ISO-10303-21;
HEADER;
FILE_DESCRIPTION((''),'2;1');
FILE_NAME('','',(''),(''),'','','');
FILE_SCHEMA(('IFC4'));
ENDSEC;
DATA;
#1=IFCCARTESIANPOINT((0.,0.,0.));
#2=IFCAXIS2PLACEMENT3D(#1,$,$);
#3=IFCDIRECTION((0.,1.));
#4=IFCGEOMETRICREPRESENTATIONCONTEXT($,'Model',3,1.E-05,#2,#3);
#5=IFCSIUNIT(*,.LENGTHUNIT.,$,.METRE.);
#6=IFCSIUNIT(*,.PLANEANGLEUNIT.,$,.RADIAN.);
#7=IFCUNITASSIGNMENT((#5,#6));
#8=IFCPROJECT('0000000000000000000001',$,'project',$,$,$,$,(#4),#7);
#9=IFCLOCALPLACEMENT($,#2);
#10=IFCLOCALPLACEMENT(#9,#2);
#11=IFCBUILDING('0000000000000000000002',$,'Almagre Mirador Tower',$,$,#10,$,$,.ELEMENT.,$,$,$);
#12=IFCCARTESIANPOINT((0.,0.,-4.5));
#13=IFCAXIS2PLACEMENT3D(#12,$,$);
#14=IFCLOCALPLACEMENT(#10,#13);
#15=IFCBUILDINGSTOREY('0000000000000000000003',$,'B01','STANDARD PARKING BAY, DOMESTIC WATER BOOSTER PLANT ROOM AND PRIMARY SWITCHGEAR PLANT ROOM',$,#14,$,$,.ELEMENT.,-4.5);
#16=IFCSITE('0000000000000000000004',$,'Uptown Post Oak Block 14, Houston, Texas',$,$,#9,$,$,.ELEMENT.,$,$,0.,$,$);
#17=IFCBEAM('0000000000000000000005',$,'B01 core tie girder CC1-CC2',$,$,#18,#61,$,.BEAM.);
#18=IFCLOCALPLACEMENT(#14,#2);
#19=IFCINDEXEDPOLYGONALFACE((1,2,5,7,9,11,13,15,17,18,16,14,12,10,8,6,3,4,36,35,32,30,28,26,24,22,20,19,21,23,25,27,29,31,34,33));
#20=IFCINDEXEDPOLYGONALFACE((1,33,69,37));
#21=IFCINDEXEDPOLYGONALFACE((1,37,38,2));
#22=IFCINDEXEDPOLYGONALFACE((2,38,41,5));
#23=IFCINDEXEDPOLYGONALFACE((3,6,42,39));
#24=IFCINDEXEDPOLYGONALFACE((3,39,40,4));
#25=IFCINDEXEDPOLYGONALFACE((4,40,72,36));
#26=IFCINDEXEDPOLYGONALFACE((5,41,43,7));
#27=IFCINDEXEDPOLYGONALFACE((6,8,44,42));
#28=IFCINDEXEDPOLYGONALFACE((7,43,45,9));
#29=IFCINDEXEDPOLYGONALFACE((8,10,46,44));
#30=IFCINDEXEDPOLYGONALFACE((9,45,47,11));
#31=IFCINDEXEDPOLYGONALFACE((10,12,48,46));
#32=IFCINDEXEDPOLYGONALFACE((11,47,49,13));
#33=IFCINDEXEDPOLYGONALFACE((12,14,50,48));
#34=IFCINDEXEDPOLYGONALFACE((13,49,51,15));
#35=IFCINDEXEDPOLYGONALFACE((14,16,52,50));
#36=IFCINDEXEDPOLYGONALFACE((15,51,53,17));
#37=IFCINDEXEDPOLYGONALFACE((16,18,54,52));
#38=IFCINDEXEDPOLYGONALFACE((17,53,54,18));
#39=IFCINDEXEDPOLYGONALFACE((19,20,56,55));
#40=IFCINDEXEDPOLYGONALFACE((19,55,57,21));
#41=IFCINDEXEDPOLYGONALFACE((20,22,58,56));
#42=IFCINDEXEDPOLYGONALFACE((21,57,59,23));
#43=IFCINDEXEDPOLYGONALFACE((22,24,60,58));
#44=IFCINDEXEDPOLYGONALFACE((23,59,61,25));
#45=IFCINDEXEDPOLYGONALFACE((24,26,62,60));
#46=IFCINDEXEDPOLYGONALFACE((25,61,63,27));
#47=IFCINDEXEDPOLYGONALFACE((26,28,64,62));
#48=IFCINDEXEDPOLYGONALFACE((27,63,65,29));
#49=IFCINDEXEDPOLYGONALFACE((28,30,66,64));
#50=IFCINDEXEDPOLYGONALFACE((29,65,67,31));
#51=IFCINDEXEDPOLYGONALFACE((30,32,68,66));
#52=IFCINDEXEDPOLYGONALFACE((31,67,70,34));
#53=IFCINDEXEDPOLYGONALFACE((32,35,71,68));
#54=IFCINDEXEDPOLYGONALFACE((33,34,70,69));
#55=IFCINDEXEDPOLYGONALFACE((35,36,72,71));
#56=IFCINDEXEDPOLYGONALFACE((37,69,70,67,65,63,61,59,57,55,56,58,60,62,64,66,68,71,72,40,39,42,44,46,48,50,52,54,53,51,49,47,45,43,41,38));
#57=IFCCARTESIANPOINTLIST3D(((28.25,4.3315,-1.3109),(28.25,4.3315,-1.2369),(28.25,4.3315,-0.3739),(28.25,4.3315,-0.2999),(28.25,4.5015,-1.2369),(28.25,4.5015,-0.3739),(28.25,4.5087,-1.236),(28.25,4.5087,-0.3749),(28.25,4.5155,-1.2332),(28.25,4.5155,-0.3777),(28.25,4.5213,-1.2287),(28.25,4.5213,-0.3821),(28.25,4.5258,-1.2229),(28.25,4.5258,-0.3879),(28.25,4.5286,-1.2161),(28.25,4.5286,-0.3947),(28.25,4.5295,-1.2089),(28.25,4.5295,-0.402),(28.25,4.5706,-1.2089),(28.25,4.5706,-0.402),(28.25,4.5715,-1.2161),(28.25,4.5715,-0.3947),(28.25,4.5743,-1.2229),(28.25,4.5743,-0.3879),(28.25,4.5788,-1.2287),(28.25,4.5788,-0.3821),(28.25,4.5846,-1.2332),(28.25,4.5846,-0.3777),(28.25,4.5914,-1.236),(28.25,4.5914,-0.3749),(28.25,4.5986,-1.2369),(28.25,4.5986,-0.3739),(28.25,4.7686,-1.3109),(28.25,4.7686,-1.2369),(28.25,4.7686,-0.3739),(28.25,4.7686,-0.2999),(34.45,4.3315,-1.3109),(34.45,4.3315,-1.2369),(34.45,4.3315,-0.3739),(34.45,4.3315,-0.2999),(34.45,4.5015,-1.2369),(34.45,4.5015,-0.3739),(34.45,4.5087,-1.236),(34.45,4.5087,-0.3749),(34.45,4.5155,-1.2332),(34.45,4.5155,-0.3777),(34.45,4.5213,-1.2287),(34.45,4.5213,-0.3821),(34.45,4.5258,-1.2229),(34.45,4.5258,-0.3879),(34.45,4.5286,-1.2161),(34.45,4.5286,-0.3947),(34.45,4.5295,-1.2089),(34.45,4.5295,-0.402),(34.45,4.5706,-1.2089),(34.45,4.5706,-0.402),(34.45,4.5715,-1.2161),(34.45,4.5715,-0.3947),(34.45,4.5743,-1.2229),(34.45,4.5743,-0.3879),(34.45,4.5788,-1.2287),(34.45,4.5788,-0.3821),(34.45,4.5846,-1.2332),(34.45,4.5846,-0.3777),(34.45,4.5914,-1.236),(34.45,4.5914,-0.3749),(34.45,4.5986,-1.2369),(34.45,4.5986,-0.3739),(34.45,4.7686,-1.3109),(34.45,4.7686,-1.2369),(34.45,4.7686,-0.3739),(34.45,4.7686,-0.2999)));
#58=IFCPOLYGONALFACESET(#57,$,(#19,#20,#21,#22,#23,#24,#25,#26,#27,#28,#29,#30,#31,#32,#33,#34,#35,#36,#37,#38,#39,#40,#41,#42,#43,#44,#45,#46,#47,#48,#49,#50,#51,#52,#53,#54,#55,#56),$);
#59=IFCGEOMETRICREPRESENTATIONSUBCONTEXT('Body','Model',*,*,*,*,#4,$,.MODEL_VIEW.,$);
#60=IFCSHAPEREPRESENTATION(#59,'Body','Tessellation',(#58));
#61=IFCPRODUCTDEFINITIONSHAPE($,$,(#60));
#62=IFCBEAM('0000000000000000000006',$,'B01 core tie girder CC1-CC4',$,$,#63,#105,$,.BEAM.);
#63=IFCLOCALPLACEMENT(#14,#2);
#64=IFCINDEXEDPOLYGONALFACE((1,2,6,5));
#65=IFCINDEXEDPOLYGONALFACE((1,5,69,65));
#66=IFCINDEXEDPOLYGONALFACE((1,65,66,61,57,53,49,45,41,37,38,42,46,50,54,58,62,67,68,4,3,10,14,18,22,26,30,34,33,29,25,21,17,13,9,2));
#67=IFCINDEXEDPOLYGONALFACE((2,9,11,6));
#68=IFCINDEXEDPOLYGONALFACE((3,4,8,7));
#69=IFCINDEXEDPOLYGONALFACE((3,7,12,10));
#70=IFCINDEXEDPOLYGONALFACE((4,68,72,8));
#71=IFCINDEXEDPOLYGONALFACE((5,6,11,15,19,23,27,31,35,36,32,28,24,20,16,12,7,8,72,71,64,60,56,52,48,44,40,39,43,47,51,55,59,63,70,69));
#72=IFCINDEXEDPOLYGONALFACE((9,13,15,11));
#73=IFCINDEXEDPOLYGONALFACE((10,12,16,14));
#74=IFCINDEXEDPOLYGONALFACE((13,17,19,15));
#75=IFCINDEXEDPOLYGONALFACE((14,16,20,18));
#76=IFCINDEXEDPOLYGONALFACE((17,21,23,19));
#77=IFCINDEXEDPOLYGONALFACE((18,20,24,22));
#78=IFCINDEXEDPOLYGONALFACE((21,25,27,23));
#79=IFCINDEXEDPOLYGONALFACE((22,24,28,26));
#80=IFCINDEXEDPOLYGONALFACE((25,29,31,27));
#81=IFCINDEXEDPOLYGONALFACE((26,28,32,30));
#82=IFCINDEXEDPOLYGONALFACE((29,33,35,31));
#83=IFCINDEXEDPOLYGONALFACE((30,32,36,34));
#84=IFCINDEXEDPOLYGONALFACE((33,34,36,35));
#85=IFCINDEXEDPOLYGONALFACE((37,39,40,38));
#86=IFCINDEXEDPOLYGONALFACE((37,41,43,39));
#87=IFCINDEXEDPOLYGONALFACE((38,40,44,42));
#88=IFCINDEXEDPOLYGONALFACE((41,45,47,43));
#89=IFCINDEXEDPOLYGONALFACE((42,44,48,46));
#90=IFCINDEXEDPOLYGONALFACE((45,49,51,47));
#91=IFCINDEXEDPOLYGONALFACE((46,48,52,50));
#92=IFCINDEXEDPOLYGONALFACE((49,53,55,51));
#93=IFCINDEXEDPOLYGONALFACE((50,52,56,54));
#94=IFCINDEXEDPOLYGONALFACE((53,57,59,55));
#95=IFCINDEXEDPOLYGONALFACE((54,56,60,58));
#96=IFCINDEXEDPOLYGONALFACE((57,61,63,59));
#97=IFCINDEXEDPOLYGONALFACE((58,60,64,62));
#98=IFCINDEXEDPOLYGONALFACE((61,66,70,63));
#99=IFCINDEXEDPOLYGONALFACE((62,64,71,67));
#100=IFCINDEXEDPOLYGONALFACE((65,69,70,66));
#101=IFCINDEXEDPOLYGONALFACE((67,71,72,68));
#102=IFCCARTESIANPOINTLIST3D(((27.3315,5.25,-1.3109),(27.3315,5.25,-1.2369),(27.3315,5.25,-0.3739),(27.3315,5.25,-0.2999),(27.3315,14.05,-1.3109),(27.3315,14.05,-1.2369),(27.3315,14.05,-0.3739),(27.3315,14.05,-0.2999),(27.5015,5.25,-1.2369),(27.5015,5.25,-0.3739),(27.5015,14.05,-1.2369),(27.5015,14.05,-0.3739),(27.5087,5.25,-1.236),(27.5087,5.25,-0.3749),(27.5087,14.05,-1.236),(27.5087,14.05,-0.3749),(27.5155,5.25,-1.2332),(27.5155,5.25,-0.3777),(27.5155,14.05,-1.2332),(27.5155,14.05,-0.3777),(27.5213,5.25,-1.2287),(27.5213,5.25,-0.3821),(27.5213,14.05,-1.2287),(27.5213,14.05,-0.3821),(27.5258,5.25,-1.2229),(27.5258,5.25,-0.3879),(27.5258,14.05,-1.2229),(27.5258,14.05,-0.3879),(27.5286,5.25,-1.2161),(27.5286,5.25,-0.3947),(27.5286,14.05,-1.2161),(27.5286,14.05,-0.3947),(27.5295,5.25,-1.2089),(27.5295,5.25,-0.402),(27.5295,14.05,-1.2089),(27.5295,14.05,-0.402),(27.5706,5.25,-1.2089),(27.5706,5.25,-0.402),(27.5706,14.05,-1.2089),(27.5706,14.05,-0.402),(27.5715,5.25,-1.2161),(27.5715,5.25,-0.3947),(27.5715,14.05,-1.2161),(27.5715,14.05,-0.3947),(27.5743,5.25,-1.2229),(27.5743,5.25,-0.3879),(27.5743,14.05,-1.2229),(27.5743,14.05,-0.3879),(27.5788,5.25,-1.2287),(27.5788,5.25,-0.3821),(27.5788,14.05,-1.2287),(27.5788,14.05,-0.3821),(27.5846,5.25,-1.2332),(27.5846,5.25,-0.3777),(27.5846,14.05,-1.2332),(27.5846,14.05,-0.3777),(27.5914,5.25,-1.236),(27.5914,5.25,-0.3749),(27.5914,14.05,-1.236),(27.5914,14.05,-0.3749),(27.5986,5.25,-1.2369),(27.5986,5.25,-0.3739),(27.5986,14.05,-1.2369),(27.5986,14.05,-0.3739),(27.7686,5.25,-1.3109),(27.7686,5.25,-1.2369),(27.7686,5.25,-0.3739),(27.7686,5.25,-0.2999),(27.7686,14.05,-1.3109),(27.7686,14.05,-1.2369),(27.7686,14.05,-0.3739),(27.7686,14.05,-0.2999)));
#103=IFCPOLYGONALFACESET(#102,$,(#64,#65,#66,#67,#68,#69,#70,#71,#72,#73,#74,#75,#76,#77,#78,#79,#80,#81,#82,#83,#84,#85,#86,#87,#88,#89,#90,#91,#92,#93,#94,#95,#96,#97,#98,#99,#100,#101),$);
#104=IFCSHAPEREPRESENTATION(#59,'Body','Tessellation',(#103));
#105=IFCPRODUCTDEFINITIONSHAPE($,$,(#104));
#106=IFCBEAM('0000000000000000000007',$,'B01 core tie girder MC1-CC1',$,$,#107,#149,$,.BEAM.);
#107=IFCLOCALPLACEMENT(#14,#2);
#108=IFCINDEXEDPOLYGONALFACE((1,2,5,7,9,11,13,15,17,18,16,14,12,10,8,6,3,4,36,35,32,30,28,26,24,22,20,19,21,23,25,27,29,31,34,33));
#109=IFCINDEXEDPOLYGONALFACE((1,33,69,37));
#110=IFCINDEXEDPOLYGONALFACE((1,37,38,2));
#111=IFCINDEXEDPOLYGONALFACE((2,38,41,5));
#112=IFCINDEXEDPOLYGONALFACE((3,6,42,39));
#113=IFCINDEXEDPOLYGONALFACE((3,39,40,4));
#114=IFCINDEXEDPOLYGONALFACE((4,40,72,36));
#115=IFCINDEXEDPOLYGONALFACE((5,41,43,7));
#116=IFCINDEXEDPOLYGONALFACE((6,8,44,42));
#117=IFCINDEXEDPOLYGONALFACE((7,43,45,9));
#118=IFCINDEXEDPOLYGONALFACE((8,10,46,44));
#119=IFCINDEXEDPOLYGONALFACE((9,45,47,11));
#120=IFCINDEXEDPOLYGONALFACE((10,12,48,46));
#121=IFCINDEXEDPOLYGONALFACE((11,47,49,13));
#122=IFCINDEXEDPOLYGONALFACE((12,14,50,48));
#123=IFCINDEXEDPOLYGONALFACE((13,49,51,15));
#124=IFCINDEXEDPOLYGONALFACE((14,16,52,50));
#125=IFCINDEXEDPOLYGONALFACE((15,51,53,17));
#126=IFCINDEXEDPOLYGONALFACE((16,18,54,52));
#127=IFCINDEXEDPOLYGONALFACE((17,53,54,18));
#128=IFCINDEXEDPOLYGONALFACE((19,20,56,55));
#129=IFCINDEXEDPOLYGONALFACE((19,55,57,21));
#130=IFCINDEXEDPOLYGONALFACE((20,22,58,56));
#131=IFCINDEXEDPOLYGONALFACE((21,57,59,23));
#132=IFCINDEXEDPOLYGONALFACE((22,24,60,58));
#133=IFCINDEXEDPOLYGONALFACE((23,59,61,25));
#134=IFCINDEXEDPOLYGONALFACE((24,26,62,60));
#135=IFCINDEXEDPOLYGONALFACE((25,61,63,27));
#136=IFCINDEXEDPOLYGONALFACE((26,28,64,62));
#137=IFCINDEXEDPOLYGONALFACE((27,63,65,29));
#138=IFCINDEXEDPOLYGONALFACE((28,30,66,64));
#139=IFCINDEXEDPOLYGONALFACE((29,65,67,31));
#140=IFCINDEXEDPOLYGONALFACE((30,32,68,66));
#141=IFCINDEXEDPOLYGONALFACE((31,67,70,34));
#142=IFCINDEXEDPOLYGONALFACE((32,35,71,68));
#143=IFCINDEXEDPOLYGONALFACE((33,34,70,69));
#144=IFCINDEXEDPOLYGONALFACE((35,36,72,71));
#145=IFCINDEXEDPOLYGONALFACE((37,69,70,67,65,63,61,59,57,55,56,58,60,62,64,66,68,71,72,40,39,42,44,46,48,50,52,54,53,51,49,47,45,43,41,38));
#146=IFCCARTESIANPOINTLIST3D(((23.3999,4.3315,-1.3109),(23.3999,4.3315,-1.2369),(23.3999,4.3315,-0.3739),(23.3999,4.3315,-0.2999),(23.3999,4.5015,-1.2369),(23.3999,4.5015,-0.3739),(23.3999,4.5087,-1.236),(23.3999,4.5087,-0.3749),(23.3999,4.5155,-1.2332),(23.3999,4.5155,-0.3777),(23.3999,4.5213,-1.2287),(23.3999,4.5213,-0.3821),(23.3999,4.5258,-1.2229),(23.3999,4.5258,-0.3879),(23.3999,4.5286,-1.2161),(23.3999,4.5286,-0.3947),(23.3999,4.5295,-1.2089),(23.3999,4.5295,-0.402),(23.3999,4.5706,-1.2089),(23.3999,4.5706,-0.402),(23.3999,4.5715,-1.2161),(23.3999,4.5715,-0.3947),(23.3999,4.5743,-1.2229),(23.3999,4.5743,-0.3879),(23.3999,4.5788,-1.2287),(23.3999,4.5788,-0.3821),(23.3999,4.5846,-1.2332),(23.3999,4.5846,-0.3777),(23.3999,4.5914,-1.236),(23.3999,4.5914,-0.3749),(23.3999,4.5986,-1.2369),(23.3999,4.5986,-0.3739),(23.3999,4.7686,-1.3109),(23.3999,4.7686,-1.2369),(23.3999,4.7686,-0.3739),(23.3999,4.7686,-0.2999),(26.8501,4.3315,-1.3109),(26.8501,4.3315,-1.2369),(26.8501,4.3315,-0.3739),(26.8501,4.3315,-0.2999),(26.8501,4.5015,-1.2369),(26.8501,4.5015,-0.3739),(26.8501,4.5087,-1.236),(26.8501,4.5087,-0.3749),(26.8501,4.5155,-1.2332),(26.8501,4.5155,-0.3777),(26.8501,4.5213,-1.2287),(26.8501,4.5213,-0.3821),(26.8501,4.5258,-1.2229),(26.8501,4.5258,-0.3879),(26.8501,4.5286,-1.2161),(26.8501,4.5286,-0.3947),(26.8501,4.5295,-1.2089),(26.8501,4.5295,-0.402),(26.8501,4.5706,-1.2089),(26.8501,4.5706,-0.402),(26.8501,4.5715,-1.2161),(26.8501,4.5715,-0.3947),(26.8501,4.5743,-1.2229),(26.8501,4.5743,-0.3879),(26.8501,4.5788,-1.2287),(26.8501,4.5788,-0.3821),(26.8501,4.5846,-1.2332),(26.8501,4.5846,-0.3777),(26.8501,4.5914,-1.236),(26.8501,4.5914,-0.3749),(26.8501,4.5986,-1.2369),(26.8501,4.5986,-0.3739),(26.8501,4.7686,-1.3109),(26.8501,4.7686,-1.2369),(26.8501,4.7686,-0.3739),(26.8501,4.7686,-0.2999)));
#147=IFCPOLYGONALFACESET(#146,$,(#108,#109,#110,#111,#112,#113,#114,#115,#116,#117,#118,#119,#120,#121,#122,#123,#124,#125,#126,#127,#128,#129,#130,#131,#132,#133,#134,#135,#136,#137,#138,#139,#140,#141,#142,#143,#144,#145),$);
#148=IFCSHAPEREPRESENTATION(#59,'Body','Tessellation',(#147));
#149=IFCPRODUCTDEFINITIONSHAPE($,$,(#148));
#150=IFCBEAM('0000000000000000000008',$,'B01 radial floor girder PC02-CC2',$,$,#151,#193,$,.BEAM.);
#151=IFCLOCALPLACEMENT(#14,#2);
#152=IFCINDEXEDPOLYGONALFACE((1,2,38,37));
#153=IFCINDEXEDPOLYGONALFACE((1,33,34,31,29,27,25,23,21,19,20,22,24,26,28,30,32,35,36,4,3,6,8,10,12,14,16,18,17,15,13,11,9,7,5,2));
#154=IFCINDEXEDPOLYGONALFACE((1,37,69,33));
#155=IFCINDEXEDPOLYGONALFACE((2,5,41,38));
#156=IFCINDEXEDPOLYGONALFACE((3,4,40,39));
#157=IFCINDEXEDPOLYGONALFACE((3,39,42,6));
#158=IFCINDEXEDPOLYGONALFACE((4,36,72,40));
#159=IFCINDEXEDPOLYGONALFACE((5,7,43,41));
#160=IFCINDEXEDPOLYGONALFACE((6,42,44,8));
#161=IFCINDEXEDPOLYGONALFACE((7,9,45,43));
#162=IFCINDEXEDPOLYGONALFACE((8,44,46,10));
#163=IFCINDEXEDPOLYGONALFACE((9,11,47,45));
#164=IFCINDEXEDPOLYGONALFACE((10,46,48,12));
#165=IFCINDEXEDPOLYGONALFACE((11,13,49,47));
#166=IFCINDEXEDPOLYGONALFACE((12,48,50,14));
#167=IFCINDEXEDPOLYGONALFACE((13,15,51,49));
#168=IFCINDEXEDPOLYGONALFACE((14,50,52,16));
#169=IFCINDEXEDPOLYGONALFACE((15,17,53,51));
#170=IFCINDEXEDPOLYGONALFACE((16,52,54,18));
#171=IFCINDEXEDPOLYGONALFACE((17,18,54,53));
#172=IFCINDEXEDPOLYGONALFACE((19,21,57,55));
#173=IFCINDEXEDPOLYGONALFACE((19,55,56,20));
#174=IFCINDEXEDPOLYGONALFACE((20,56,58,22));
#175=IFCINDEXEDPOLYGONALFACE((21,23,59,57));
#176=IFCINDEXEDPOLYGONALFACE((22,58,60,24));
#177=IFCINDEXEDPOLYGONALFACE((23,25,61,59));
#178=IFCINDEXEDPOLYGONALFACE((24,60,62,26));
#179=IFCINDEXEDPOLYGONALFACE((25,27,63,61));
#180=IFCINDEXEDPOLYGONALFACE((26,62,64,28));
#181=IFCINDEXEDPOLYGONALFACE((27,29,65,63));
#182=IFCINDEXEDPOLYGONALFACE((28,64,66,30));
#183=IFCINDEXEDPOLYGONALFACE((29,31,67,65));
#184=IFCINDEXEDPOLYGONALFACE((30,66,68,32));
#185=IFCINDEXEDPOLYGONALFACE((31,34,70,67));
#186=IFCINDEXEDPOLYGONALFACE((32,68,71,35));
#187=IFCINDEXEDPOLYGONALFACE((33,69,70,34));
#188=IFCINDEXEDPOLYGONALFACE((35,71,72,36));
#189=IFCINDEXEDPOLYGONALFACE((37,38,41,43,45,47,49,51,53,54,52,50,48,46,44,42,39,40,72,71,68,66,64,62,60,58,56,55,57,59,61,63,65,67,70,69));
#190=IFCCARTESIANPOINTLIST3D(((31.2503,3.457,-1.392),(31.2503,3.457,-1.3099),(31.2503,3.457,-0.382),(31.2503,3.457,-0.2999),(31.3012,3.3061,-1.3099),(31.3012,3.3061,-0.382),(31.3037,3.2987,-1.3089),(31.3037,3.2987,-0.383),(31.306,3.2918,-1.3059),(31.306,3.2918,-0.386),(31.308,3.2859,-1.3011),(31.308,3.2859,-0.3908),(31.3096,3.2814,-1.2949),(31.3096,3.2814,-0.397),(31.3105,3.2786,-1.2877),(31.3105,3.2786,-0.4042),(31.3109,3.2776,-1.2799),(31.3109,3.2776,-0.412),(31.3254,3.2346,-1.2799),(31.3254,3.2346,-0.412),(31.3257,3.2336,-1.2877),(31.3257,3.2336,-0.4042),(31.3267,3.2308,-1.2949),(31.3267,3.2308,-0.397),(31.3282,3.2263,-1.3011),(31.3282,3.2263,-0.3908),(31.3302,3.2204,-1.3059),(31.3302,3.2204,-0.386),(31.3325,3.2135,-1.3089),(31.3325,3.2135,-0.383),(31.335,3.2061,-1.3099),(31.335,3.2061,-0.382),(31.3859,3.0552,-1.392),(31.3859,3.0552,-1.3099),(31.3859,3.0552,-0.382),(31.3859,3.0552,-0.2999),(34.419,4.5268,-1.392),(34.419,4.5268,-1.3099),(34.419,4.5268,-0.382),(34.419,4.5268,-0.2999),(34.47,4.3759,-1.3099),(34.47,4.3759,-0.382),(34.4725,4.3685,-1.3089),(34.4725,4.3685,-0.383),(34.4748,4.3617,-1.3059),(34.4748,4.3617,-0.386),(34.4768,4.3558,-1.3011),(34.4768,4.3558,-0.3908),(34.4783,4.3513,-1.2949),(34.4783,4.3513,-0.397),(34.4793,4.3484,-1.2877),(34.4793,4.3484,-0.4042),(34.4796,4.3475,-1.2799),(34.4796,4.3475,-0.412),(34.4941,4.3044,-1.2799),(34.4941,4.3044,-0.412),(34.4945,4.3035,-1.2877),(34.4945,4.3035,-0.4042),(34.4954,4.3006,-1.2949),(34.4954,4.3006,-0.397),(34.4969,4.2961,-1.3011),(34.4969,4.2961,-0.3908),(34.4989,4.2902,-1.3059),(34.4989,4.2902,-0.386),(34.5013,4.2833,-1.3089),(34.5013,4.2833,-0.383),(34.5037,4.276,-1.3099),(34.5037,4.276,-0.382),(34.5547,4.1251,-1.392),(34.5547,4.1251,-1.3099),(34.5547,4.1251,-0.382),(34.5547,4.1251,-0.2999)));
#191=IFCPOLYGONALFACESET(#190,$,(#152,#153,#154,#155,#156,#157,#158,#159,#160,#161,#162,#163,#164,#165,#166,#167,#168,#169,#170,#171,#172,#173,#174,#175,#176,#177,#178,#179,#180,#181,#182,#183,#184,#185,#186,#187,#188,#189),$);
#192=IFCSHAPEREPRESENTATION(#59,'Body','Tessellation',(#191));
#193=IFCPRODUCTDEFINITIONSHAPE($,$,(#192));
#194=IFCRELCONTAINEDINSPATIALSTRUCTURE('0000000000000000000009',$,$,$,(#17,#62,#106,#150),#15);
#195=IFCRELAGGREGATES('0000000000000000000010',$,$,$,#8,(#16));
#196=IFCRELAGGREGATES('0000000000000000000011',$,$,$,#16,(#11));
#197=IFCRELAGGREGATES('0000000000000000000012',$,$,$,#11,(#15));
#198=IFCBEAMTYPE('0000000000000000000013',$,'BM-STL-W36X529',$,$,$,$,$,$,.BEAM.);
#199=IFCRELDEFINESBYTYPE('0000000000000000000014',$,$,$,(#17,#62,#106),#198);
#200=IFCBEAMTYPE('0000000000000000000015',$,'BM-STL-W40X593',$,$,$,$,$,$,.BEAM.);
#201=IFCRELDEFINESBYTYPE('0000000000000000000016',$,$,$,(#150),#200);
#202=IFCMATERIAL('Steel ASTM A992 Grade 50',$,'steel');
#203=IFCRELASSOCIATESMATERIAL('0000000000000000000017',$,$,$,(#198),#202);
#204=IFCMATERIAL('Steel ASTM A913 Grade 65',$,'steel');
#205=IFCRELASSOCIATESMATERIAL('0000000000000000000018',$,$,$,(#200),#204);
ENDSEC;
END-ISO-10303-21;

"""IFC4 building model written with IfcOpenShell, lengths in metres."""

from ifc_helpers import new_model, si_unit, direction, frame, origin, origin_2d, place, context, subcontext, project, spatial, i_section, extrude, material, material_profile, profile_set, type_object, element, save


model = new_model("IFC4")

# Units and contexts
model_context = context("Model", 3, precision=1e-05, world=origin(), true_north=direction((0.0, 1.0)))
body_context = subcontext(model_context, "Body", "Model", "MODEL_VIEW")
ifc_project = project(units=[si_unit("LENGTHUNIT", "METRE"), si_unit("PLANEANGLEUNIT", "RADIAN")], contexts=[model_context])

# Site, building, storey
site_placement = place(None, origin())
site = spatial("IfcSite", under=ifc_project, at=site_placement, Name="Uptown Post Oak Block 14, Houston, Texas", CompositionType="ELEMENT", RefElevation=0.0)
building_placement = place(site_placement, origin())
building = spatial("IfcBuilding", under=site, at=building_placement, Name="Almagre Mirador Tower", CompositionType="ELEMENT")
storey_placement = place(building_placement, frame((0.0, 0.0, -4.5)))
storey = spatial("IfcBuildingStorey", under=building, at=storey_placement, Name="B01", Description="STANDARD PARKING BAY, DOMESTIC WATER BOOSTER PLANT ROOM AND PRIMARY SWITCHGEAR PLANT ROOM", CompositionType="ELEMENT", Elevation=-4.5)

# Beams
ifc_material_1 = material(Name="Steel ASTM A992 Grade 50", Category="steel")
ifc_material_profile_1 = material_profile(ifc_material_1, i_section(OverallWidth=0.437, OverallDepth=1.011, WebThickness=0.041, FlangeThickness=0.074, FilletRadius=0.0281, at=origin_2d()), Name="W36X529")
ifc_profile_set_1 = profile_set([ifc_material_profile_1], Name="Steel ASTM A992 Grade 50")
beam_type_1 = type_object("IfcBeamType", Name="BM-STL-W36X529", PredefinedType="BEAM", material=ifc_profile_set_1)
beam_1_placement = place(storey_placement, frame((28.25, 4.55, -0.8054), z_axis=(1.0, 0.0, 0.0), x_axis=(0.0, 1.0, 0.0)))
element("IfcBeam", 1, at=beam_1_placement, inside=storey, type_object=beam_type_1, Name="B01 core tie girder CC1-CC2", PredefinedType="BEAM", context=body_context, shape_type="SweptSolid", body=[
    extrude(i_section(OverallWidth=0.437, OverallDepth=1.011, WebThickness=0.041, FlangeThickness=0.074, FilletRadius=0.0281, at=origin_2d()), origin(), (0.0, 0.0, 1.0), 6.2),
])
beam_2_placement = place(storey_placement, frame((27.55, 5.25, -0.8054), z_axis=(0.0, 1.0, 0.0), x_axis=(-1.0, 0.0, 0.0)))
element("IfcBeam", 2, at=beam_2_placement, inside=storey, type_object=beam_type_1, Name="B01 core tie girder CC1-CC4", PredefinedType="BEAM", context=body_context, shape_type="SweptSolid", body=[
    extrude(i_section(OverallWidth=0.437, OverallDepth=1.011, WebThickness=0.041, FlangeThickness=0.074, FilletRadius=0.0281, at=origin_2d()), origin(), (0.0, 0.0, 1.0), 8.8),
])
beam_3_placement = place(storey_placement, frame((23.3999, 4.55, -0.8054), z_axis=(1.0, 0.0, 0.0), x_axis=(0.0, 1.0, 0.0)))
element("IfcBeam", 3, at=beam_3_placement, inside=storey, type_object=beam_type_1, Name="B01 core tie girder MC1-CC1", PredefinedType="BEAM", context=body_context, shape_type="SweptSolid", body=[
    extrude(i_section(OverallWidth=0.437, OverallDepth=1.011, WebThickness=0.041, FlangeThickness=0.074, FilletRadius=0.0281, at=origin_2d()), origin(), (0.0, 0.0, 1.0), 3.4502),
])
ifc_material_2 = material(Name="Steel ASTM A913 Grade 65", Category="steel")
ifc_material_profile_2 = material_profile(ifc_material_2, i_section(OverallWidth=0.4241, OverallDepth=1.092, WebThickness=0.0454, FlangeThickness=0.082, FilletRadius=0.03, at=origin_2d()), Name="W40X593")
ifc_profile_set_2 = profile_set([ifc_material_profile_2], Name="Steel ASTM A913 Grade 65")
beam_type_2 = type_object("IfcBeamType", Name="BM-STL-W40X593", PredefinedType="BEAM", material=ifc_profile_set_2)
beam_4_placement = place(storey_placement, frame((31.3181, 3.2561, -0.8459), z_axis=(0.947457, 0.319883, 0.0), x_axis=(-0.319883, 0.947457, 0.0)))
element("IfcBeam", 4, at=beam_4_placement, inside=storey, type_object=beam_type_2, Name="B01 radial floor girder PC02-CC2", PredefinedType="BEAM", context=body_context, shape_type="SweptSolid", body=[
    extrude(i_section(OverallWidth=0.4241, OverallDepth=1.092, WebThickness=0.0454, FlangeThickness=0.082, FilletRadius=0.03, at=origin_2d()), origin(), (0.0, 0.0, 1.0), 3.3445),
])

save(model, "model.ifc")
